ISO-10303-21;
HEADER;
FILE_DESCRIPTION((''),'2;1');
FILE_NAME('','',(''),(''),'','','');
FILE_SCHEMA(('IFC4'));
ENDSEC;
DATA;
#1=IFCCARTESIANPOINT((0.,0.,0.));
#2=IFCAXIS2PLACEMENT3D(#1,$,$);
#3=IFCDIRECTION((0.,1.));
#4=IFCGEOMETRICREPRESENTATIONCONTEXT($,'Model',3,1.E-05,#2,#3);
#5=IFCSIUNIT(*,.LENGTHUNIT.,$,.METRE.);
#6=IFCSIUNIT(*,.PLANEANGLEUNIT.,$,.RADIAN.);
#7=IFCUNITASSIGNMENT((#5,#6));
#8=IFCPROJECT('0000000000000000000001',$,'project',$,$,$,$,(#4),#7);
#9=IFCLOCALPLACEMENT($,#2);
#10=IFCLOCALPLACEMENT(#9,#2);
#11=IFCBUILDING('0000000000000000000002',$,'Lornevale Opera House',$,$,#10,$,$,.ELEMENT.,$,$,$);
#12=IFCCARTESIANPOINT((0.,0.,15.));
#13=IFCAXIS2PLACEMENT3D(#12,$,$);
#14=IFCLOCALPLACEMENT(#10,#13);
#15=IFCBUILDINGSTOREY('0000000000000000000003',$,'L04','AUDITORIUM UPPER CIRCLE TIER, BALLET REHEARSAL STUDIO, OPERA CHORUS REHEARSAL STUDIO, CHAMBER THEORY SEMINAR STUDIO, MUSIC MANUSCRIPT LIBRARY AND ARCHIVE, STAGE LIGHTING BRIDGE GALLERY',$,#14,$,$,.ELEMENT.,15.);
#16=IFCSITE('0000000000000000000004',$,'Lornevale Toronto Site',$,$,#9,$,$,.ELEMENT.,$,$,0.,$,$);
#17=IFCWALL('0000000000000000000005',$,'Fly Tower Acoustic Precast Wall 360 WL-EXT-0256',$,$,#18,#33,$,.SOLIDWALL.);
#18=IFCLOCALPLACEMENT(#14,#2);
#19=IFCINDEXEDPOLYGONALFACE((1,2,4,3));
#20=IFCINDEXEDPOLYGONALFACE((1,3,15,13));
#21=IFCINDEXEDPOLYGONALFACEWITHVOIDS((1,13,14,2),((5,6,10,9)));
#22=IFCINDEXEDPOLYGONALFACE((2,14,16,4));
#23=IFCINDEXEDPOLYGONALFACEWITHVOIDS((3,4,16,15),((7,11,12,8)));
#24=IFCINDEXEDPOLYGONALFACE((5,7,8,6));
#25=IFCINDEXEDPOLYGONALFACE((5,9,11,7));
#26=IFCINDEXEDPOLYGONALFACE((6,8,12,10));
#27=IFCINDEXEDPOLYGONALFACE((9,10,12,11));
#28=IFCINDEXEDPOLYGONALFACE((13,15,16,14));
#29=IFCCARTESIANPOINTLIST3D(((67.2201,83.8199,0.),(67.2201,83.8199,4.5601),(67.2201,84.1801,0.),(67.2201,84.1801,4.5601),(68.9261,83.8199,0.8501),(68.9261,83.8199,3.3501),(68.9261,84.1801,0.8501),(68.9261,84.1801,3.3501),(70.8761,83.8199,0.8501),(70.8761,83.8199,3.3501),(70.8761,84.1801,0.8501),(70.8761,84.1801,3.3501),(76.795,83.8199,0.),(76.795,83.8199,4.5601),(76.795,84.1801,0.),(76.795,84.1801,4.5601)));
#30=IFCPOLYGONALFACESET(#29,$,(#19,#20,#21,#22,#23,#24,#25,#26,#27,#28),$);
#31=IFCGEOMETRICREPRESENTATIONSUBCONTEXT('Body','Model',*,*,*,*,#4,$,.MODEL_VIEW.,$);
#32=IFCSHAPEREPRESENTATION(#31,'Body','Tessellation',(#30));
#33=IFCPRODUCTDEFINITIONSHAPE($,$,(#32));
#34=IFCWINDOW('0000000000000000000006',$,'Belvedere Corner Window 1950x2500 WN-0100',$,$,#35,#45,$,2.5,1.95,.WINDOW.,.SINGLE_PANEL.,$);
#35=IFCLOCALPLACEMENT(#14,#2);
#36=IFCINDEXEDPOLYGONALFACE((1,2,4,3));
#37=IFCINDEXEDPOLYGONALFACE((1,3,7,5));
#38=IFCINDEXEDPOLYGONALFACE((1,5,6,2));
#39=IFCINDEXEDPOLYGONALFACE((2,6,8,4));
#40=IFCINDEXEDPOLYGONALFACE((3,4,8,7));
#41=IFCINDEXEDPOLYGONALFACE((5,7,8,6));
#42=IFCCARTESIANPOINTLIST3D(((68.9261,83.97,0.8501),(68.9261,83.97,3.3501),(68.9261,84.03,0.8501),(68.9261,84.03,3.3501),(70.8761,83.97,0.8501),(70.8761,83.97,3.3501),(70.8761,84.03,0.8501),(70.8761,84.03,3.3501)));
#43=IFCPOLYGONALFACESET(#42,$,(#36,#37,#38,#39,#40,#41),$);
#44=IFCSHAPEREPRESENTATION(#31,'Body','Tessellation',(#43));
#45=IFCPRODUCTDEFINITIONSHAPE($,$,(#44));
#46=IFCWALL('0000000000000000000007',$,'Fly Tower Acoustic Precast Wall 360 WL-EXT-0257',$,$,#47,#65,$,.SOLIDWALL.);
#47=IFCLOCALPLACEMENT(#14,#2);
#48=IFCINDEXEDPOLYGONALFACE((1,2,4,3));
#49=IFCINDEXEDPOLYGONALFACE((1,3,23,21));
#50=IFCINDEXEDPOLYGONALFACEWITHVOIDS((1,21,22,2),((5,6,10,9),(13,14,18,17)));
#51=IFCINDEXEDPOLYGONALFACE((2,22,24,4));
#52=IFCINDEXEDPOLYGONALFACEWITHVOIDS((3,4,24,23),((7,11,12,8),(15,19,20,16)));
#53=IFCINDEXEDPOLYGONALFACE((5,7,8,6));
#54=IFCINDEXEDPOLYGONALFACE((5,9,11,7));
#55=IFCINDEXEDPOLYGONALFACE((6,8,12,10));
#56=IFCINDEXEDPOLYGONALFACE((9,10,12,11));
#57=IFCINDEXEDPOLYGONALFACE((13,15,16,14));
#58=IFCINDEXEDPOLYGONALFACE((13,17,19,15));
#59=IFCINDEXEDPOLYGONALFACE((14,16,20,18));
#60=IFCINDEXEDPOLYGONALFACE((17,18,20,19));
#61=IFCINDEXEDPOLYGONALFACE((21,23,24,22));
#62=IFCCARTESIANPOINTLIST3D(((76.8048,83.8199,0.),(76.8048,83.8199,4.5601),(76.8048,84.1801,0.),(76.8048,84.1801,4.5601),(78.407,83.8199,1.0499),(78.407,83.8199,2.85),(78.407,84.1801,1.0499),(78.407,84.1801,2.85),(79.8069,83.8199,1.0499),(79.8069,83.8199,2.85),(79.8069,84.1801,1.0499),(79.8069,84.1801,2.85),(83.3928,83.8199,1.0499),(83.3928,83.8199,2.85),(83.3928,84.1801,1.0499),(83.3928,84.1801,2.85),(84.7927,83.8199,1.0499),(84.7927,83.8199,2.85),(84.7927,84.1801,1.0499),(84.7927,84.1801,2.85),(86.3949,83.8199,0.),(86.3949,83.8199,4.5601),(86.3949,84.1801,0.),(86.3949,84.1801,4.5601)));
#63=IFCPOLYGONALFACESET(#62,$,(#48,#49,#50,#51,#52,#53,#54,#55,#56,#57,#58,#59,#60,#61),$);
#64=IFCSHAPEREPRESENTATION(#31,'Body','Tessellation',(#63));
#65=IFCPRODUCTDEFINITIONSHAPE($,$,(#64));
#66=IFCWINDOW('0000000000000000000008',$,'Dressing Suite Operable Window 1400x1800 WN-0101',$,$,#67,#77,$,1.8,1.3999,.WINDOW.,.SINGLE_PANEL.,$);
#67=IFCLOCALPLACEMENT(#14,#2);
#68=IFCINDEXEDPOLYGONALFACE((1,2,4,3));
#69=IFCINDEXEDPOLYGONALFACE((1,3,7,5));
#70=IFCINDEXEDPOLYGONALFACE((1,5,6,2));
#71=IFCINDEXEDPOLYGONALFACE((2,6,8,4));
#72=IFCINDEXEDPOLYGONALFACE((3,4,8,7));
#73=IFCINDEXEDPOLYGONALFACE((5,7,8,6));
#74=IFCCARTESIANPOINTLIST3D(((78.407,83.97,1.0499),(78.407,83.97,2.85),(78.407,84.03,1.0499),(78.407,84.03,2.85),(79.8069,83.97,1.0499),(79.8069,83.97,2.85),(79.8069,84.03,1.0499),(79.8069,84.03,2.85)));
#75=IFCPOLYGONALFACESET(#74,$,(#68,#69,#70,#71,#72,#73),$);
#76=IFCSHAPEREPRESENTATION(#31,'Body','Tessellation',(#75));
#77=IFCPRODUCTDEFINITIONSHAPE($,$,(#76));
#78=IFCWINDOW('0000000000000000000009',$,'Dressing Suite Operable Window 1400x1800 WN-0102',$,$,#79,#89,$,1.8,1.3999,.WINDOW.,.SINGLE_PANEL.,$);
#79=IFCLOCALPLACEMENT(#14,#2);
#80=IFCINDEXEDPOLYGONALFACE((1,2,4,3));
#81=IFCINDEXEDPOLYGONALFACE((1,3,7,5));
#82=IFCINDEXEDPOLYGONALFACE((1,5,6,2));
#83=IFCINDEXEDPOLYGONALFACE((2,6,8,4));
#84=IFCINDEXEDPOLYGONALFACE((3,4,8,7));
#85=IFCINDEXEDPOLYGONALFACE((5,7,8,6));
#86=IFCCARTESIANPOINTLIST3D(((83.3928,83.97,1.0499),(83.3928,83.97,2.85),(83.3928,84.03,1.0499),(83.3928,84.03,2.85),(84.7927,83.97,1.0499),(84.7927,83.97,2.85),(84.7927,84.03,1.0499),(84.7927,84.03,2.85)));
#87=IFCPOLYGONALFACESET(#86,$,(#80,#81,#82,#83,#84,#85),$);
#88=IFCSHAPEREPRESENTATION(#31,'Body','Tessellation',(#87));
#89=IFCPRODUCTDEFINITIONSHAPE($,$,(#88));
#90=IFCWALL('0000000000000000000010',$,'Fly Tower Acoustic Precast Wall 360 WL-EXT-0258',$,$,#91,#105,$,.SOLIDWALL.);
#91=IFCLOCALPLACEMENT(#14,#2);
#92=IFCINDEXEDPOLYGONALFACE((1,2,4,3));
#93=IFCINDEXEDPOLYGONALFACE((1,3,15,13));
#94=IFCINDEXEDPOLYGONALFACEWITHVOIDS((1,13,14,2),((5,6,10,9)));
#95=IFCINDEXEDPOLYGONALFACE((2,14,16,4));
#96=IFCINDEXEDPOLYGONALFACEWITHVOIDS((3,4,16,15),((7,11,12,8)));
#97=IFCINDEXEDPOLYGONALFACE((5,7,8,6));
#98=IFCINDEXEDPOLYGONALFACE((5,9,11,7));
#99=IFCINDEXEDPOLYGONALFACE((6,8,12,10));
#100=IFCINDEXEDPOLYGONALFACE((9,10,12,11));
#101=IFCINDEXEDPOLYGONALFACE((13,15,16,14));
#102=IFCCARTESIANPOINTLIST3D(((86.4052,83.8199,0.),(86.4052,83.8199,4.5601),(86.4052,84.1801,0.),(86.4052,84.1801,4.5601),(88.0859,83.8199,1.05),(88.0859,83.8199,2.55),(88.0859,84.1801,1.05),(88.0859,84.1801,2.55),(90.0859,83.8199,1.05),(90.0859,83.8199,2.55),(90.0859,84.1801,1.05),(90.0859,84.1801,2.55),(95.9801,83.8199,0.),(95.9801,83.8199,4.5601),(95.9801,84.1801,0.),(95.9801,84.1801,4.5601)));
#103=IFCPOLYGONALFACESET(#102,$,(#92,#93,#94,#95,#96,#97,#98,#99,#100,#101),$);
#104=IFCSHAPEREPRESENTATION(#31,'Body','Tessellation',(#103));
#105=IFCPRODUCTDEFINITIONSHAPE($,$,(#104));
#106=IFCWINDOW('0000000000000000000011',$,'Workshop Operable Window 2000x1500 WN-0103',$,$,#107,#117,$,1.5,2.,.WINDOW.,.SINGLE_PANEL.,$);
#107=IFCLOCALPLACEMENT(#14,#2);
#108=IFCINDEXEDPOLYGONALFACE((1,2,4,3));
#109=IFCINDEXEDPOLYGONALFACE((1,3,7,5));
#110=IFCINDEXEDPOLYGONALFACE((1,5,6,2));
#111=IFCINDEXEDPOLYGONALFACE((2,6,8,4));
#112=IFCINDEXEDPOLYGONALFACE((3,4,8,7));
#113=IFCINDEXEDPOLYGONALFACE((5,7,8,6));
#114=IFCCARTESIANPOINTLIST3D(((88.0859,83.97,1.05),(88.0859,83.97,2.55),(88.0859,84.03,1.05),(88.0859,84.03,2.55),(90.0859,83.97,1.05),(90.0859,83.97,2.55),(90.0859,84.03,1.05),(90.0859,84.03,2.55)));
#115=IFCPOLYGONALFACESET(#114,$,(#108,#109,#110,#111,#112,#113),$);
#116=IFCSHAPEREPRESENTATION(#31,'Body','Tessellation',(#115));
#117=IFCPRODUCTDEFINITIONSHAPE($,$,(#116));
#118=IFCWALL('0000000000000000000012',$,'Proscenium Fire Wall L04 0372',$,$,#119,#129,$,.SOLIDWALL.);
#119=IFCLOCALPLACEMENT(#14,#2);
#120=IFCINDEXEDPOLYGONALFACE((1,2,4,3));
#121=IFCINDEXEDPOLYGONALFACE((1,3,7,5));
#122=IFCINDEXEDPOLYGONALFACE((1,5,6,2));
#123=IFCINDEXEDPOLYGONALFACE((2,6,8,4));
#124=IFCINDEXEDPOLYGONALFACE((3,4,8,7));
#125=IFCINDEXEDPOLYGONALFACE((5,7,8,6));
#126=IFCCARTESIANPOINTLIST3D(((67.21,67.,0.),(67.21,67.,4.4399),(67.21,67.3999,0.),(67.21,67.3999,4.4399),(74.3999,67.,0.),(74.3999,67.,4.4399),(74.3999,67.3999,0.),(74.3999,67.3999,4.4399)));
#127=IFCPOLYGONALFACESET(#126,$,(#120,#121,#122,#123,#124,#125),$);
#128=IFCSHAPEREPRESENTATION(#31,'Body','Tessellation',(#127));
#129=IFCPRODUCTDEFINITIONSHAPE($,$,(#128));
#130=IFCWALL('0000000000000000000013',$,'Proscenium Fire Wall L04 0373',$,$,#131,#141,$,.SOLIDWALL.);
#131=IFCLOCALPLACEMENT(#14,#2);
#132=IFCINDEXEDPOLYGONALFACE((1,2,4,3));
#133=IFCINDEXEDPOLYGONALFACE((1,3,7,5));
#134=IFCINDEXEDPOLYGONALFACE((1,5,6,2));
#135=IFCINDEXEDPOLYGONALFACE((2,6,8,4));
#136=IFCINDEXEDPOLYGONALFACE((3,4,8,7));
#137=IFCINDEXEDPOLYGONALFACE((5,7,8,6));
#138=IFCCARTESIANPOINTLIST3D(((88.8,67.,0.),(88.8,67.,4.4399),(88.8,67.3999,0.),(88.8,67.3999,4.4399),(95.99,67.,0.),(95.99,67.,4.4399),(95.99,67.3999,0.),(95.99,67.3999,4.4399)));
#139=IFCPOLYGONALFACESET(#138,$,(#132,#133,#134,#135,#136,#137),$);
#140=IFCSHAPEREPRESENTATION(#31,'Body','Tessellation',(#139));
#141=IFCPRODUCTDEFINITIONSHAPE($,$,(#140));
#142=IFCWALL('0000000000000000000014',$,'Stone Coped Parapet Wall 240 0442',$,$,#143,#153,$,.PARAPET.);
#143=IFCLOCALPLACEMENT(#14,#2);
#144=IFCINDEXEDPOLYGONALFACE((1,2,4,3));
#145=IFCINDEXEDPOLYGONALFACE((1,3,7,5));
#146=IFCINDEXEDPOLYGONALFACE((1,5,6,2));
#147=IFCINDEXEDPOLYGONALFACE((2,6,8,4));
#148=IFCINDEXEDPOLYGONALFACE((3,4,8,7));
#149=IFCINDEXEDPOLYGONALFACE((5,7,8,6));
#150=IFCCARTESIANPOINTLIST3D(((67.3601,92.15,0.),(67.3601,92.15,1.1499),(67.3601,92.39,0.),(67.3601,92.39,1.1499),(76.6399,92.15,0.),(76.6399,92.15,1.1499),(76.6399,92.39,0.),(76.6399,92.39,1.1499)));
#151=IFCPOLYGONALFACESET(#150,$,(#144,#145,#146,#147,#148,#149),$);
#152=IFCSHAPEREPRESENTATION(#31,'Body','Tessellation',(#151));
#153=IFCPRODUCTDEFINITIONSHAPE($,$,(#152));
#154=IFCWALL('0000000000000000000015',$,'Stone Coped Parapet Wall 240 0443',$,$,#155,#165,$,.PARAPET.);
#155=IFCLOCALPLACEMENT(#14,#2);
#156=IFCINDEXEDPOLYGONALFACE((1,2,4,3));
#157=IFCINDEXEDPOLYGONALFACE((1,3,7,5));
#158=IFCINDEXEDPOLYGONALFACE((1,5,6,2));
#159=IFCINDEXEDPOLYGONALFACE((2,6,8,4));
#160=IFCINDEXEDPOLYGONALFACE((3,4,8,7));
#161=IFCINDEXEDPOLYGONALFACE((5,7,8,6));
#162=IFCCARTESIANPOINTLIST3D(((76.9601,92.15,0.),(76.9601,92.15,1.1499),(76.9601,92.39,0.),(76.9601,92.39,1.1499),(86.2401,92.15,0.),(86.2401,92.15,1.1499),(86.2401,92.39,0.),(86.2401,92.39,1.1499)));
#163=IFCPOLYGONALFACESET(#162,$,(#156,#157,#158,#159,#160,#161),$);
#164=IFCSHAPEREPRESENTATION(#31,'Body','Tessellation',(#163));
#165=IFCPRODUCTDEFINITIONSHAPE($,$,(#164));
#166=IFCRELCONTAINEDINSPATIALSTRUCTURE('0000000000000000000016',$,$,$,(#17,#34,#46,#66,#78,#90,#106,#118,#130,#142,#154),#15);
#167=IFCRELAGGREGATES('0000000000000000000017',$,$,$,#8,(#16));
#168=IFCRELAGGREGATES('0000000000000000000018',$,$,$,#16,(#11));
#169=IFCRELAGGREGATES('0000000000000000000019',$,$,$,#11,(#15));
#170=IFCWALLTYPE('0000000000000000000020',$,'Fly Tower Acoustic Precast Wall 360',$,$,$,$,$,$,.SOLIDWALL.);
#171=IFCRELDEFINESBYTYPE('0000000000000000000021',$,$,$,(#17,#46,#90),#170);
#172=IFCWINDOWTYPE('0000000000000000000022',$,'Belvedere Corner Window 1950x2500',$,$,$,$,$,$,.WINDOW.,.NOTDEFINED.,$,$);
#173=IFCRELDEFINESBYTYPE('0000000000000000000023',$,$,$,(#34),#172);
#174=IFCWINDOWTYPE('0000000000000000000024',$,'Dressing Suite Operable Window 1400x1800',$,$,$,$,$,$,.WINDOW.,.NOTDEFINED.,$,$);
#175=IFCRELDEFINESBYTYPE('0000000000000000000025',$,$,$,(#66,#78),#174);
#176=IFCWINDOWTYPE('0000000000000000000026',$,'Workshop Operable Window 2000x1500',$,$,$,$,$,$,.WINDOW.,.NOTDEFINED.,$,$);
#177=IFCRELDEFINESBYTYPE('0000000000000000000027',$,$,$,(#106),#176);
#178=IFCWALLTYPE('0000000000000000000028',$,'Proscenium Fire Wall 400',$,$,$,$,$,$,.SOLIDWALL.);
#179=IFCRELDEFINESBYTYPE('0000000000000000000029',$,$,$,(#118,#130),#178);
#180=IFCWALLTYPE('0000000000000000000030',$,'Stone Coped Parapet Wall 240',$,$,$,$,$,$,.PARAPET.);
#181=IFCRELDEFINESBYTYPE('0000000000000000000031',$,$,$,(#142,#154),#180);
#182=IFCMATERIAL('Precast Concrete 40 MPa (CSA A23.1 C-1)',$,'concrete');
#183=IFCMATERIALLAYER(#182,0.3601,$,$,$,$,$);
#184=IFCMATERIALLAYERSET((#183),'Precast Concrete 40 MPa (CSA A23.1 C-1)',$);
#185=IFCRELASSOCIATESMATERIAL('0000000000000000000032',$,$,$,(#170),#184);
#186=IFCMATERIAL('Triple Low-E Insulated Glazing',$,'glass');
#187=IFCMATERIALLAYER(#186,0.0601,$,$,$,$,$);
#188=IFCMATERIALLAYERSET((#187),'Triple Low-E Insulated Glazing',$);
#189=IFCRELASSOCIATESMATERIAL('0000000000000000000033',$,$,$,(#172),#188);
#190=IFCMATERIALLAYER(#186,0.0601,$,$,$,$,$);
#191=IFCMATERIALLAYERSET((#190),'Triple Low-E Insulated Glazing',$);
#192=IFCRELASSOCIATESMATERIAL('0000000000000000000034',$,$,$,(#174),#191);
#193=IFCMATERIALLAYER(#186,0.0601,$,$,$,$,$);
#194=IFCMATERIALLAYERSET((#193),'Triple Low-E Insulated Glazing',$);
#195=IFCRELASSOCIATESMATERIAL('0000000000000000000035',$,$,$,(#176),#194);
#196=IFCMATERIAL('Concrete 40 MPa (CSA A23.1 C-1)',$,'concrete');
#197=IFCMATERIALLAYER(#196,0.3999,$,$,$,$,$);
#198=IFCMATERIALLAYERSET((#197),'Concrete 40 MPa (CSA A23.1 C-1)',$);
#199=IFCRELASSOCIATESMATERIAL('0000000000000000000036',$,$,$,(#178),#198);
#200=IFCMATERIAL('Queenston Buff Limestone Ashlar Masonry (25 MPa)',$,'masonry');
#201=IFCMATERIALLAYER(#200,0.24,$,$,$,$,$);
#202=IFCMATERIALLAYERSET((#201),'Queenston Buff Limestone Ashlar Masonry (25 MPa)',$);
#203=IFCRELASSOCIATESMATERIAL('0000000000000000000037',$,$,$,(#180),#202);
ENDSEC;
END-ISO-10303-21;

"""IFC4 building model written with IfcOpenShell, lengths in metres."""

from ifc_helpers import new_model, si_unit, direction, frame, frame_2d, origin, place, context, subcontext, project, spatial, rectangle, extrude, material, layer, layer_set, type_object, element, fill, save


model = new_model("IFC4")

# Units and contexts
model_context = context("Model", 3, precision=1e-05, world=origin(), true_north=direction((0.0, 1.0)))
body_context = subcontext(model_context, "Body", "Model", "MODEL_VIEW")
ifc_project = project(units=[si_unit("LENGTHUNIT", "METRE"), si_unit("PLANEANGLEUNIT", "RADIAN")], contexts=[model_context])

# Site, building, storey
site_placement = place(None, origin())
site = spatial("IfcSite", under=ifc_project, at=site_placement, Name="Lornevale Toronto Site", CompositionType="ELEMENT", RefElevation=0.0)
building_placement = place(site_placement, origin())
building = spatial("IfcBuilding", under=site, at=building_placement, Name="Lornevale Opera House", CompositionType="ELEMENT")
storey_placement = place(building_placement, frame((0.0, 0.0, 15.0)))
storey = spatial("IfcBuildingStorey", under=building, at=storey_placement, Name="L04", Description="AUDITORIUM UPPER CIRCLE TIER, BALLET REHEARSAL STUDIO, OPERA CHORUS REHEARSAL STUDIO, CHAMBER THEORY SEMINAR STUDIO, MUSIC MANUSCRIPT LIBRARY AND ARCHIVE, STAGE LIGHTING BRIDGE GALLERY", CompositionType="ELEMENT", Elevation=15.0)

# Wall, opening, window
ifc_material_1 = material(Name="Precast Concrete 40 MPa (CSA A23.1 C-1)", Category="concrete")
ifc_layer_1 = layer(ifc_material_1, 0.3601)
ifc_layer_set_1 = layer_set([ifc_layer_1], Name="Precast Concrete 40 MPa (CSA A23.1 C-1)")
wall_type_1 = type_object("IfcWallType", Name="Fly Tower Acoustic Precast Wall 360", PredefinedType="SOLIDWALL", material=ifc_layer_set_1)
wall_1_placement = place(storey_placement, frame((67.22, 84.0, 0.0), z_axis=(0.0, 0.0, 1.0), x_axis=(1.0, 0.0, 0.0)))
wall_1 = element("IfcWall", 1, at=wall_1_placement, inside=storey, type_object=wall_type_1, Name="Fly Tower Acoustic Precast Wall 360 WL-EXT-0256", PredefinedType="SOLIDWALL", context=body_context, shape_type="SweptSolid", body=[
    extrude(rectangle(XDim=9.575, YDim=0.3601, at=frame_2d((4.7876, 0.0))), origin(), (0.0, 0.0, 1.0), 4.5601),
])
opening_1_placement = place(wall_1_placement, frame((1.7061, 0.0, 0.8501)))
opening_1 = element("IfcOpeningElement", 2, at=opening_1_placement, cuts=wall_1, PredefinedType="OPENING", context=body_context, shape_type="SweptSolid", body=[
    extrude(rectangle(XDim=1.95, YDim=2.5, at=frame_2d((0.9751, 1.25))), frame((0.0, 0.1899, 0.0), z_axis=(0.0, -1.0, 0.0), x_axis=(1.0, 0.0, 0.0)), (0.0, 0.0, 1.0), 0.3801),
])
ifc_material_2 = material(Name="Triple Low-E Insulated Glazing", Category="glass")
ifc_layer_2 = layer(ifc_material_2, 0.0601)
ifc_layer_set_2 = layer_set([ifc_layer_2], Name="Triple Low-E Insulated Glazing")
window_type_1 = type_object("IfcWindowType", Name="Belvedere Corner Window 1950x2500", PartitioningType="NOTDEFINED", PredefinedType="WINDOW", material=ifc_layer_set_2)
window_1_placement = place(opening_1_placement, origin())
window_1 = element("IfcWindow", 3, at=window_1_placement, inside=storey, type_object=window_type_1, Name="Belvedere Corner Window 1950x2500 WN-0100", OverallHeight=2.5, OverallWidth=1.95, PartitioningType="SINGLE_PANEL", PredefinedType="WINDOW", context=body_context, shape_type="SweptSolid", body=[
    extrude(rectangle(XDim=1.95, YDim=2.5, at=frame_2d((0.9751, 1.25))), frame((0.0, 0.03, 0.0), z_axis=(0.0, -1.0, 0.0), x_axis=(1.0, 0.0, 0.0)), (0.0, 0.0, 1.0), 0.0601),
])
fill(opening_1, window_1)

# Wall, openings, windows
wall_2_placement = place(storey_placement, frame((76.8049, 84.0, 0.0), z_axis=(0.0, 0.0, 1.0), x_axis=(1.0, 0.0, 0.0)))
wall_2 = element("IfcWall", 4, at=wall_2_placement, inside=storey, type_object=wall_type_1, Name="Fly Tower Acoustic Precast Wall 360 WL-EXT-0257", PredefinedType="SOLIDWALL", context=body_context, shape_type="SweptSolid", body=[
    extrude(rectangle(XDim=9.5901, YDim=0.3601, at=frame_2d((4.7949, 0.0))), origin(), (0.0, 0.0, 1.0), 4.5601),
])
opening_2_placement = place(wall_2_placement, frame((1.6021, 0.0, 1.05)))
opening_2 = element("IfcOpeningElement", 5, at=opening_2_placement, cuts=wall_2, PredefinedType="OPENING", context=body_context, shape_type="SweptSolid", body=[
    extrude(rectangle(XDim=1.3999, YDim=1.8, at=frame_2d((0.7, 0.8999))), frame((0.0, 0.1899, 0.0), z_axis=(0.0, -1.0, 0.0), x_axis=(1.0, 0.0, 0.0)), (0.0, 0.0, 1.0), 0.3801),
])
opening_3_placement = place(wall_2_placement, frame((6.5879, 0.0, 1.05)))
opening_3 = element("IfcOpeningElement", 6, at=opening_3_placement, cuts=wall_2, PredefinedType="OPENING", context=body_context, shape_type="SweptSolid", body=[
    extrude(rectangle(XDim=1.3999, YDim=1.8, at=frame_2d((0.7, 0.8999))), frame((0.0, 0.1899, 0.0), z_axis=(0.0, -1.0, 0.0), x_axis=(1.0, 0.0, 0.0)), (0.0, 0.0, 1.0), 0.3801),
])
ifc_layer_3 = layer(ifc_material_2, 0.0601)
ifc_layer_set_3 = layer_set([ifc_layer_3], Name="Triple Low-E Insulated Glazing")
window_type_2 = type_object("IfcWindowType", Name="Dressing Suite Operable Window 1400x1800", PartitioningType="NOTDEFINED", PredefinedType="WINDOW", material=ifc_layer_set_3)
window_2_placement = place(opening_2_placement, origin())
window_2 = element("IfcWindow", 7, at=window_2_placement, inside=storey, type_object=window_type_2, Name="Dressing Suite Operable Window 1400x1800 WN-0101", OverallHeight=1.8, OverallWidth=1.3999, PartitioningType="SINGLE_PANEL", PredefinedType="WINDOW", context=body_context, shape_type="SweptSolid", body=[
    extrude(rectangle(XDim=1.3999, YDim=1.8, at=frame_2d((0.7, 0.8999))), frame((0.0, 0.03, 0.0), z_axis=(0.0, -1.0, 0.0), x_axis=(1.0, 0.0, 0.0)), (0.0, 0.0, 1.0), 0.0601),
])
fill(opening_2, window_2)
window_3_placement = place(opening_3_placement, origin())
window_3 = element("IfcWindow", 8, at=window_3_placement, inside=storey, type_object=window_type_2, Name="Dressing Suite Operable Window 1400x1800 WN-0102", OverallHeight=1.8, OverallWidth=1.3999, PartitioningType="SINGLE_PANEL", PredefinedType="WINDOW", context=body_context, shape_type="SweptSolid", body=[
    extrude(rectangle(XDim=1.3999, YDim=1.8, at=frame_2d((0.7, 0.8999))), frame((0.0, 0.03, 0.0), z_axis=(0.0, -1.0, 0.0), x_axis=(1.0, 0.0, 0.0)), (0.0, 0.0, 1.0), 0.0601),
])
fill(opening_3, window_3)

# Wall, opening, window
wall_3_placement = place(storey_placement, frame((86.405, 84.0, 0.0), z_axis=(0.0, 0.0, 1.0), x_axis=(1.0, 0.0, 0.0)))
wall_3 = element("IfcWall", 9, at=wall_3_placement, inside=storey, type_object=wall_type_1, Name="Fly Tower Acoustic Precast Wall 360 WL-EXT-0258", PredefinedType="SOLIDWALL", context=body_context, shape_type="SweptSolid", body=[
    extrude(rectangle(XDim=9.575, YDim=0.3601, at=frame_2d((4.7876, 0.0))), origin(), (0.0, 0.0, 1.0), 4.5601),
])
opening_4_placement = place(wall_3_placement, frame((1.6809, 0.0, 1.05)))
opening_4 = element("IfcOpeningElement", 10, at=opening_4_placement, cuts=wall_3, PredefinedType="OPENING", context=body_context, shape_type="SweptSolid", body=[
    extrude(rectangle(XDim=2.0, YDim=1.5, at=frame_2d((1.0, 0.75))), frame((0.0, 0.1899, 0.0), z_axis=(0.0, -1.0, 0.0), x_axis=(1.0, 0.0, 0.0)), (0.0, 0.0, 1.0), 0.3801),
])
ifc_layer_4 = layer(ifc_material_2, 0.0601)
ifc_layer_set_4 = layer_set([ifc_layer_4], Name="Triple Low-E Insulated Glazing")
window_type_3 = type_object("IfcWindowType", Name="Workshop Operable Window 2000x1500", PartitioningType="NOTDEFINED", PredefinedType="WINDOW", material=ifc_layer_set_4)
window_4_placement = place(opening_4_placement, origin())
window_4 = element("IfcWindow", 11, at=window_4_placement, inside=storey, type_object=window_type_3, Name="Workshop Operable Window 2000x1500 WN-0103", OverallHeight=1.5, OverallWidth=2.0, PartitioningType="SINGLE_PANEL", PredefinedType="WINDOW", context=body_context, shape_type="SweptSolid", body=[
    extrude(rectangle(XDim=2.0, YDim=1.5, at=frame_2d((1.0, 0.75))), frame((0.0, 0.03, 0.0), z_axis=(0.0, -1.0, 0.0), x_axis=(1.0, 0.0, 0.0)), (0.0, 0.0, 1.0), 0.0601),
])
fill(opening_4, window_4)

# Walls
ifc_material_3 = material(Name="Concrete 40 MPa (CSA A23.1 C-1)", Category="concrete")
ifc_layer_5 = layer(ifc_material_3, 0.3999)
ifc_layer_set_5 = layer_set([ifc_layer_5], Name="Concrete 40 MPa (CSA A23.1 C-1)")
wall_type_2 = type_object("IfcWallType", Name="Proscenium Fire Wall 400", PredefinedType="SOLIDWALL", material=ifc_layer_set_5)
for number, where, z_axis, x_axis, name in (
    (12, (67.21, 67.2, 0.0), (0.0, 0.0, 1.0), (1.0, 0.0, 0.0), "Proscenium Fire Wall L04 0372"),
    (13, (88.8, 67.2, 0.0), (0.0, 0.0, 1.0), (1.0, 0.0, 0.0), "Proscenium Fire Wall L04 0373"),
):
    element("IfcWall", number, at=place(storey_placement, frame(where, z_axis=z_axis, x_axis=x_axis)), inside=storey, type_object=wall_type_2, Name=name, PredefinedType="SOLIDWALL", context=body_context, shape_type="SweptSolid", body=[
        extrude(rectangle(XDim=7.1899, YDim=0.3999, at=frame_2d((3.595, 0.0))), origin(), (0.0, 0.0, 1.0), 4.4399),
    ])
ifc_material_4 = material(Name="Queenston Buff Limestone Ashlar Masonry (25 MPa)", Category="masonry")
ifc_layer_6 = layer(ifc_material_4, 0.24)
ifc_layer_set_6 = layer_set([ifc_layer_6], Name="Queenston Buff Limestone Ashlar Masonry (25 MPa)")
wall_type_3 = type_object("IfcWallType", Name="Stone Coped Parapet Wall 240", PredefinedType="PARAPET", material=ifc_layer_set_6)
wall_4_placement = place(storey_placement, frame((67.3601, 92.27, 0.0), z_axis=(0.0, 0.0, 1.0), x_axis=(1.0, 0.0, 0.0)))
element("IfcWall", 14, at=wall_4_placement, inside=storey, type_object=wall_type_3, Name="Stone Coped Parapet Wall 240 0442", PredefinedType="PARAPET", context=body_context, shape_type="SweptSolid", body=[
    extrude(rectangle(XDim=9.2798, YDim=0.24, at=frame_2d((4.6399, 0.0))), origin(), (0.0, 0.0, 1.0), 1.1499),
])
for number, where, z_axis, x_axis, name in (
    (15, (76.96, 92.27, 0.0), (0.0, 0.0, 1.0), (1.0, 0.0, 0.0), "Stone Coped Parapet Wall 240 0443"),
):
    element("IfcWall", number, at=place(storey_placement, frame(where, z_axis=z_axis, x_axis=x_axis)), inside=storey, type_object=wall_type_3, Name=name, PredefinedType="PARAPET", context=body_context, shape_type="SweptSolid", body=[
        extrude(rectangle(XDim=9.28, YDim=0.24, at=frame_2d((4.6401, 0.0))), origin(), (0.0, 0.0, 1.0), 1.1499),
    ])

save(model, "model.ifc")
